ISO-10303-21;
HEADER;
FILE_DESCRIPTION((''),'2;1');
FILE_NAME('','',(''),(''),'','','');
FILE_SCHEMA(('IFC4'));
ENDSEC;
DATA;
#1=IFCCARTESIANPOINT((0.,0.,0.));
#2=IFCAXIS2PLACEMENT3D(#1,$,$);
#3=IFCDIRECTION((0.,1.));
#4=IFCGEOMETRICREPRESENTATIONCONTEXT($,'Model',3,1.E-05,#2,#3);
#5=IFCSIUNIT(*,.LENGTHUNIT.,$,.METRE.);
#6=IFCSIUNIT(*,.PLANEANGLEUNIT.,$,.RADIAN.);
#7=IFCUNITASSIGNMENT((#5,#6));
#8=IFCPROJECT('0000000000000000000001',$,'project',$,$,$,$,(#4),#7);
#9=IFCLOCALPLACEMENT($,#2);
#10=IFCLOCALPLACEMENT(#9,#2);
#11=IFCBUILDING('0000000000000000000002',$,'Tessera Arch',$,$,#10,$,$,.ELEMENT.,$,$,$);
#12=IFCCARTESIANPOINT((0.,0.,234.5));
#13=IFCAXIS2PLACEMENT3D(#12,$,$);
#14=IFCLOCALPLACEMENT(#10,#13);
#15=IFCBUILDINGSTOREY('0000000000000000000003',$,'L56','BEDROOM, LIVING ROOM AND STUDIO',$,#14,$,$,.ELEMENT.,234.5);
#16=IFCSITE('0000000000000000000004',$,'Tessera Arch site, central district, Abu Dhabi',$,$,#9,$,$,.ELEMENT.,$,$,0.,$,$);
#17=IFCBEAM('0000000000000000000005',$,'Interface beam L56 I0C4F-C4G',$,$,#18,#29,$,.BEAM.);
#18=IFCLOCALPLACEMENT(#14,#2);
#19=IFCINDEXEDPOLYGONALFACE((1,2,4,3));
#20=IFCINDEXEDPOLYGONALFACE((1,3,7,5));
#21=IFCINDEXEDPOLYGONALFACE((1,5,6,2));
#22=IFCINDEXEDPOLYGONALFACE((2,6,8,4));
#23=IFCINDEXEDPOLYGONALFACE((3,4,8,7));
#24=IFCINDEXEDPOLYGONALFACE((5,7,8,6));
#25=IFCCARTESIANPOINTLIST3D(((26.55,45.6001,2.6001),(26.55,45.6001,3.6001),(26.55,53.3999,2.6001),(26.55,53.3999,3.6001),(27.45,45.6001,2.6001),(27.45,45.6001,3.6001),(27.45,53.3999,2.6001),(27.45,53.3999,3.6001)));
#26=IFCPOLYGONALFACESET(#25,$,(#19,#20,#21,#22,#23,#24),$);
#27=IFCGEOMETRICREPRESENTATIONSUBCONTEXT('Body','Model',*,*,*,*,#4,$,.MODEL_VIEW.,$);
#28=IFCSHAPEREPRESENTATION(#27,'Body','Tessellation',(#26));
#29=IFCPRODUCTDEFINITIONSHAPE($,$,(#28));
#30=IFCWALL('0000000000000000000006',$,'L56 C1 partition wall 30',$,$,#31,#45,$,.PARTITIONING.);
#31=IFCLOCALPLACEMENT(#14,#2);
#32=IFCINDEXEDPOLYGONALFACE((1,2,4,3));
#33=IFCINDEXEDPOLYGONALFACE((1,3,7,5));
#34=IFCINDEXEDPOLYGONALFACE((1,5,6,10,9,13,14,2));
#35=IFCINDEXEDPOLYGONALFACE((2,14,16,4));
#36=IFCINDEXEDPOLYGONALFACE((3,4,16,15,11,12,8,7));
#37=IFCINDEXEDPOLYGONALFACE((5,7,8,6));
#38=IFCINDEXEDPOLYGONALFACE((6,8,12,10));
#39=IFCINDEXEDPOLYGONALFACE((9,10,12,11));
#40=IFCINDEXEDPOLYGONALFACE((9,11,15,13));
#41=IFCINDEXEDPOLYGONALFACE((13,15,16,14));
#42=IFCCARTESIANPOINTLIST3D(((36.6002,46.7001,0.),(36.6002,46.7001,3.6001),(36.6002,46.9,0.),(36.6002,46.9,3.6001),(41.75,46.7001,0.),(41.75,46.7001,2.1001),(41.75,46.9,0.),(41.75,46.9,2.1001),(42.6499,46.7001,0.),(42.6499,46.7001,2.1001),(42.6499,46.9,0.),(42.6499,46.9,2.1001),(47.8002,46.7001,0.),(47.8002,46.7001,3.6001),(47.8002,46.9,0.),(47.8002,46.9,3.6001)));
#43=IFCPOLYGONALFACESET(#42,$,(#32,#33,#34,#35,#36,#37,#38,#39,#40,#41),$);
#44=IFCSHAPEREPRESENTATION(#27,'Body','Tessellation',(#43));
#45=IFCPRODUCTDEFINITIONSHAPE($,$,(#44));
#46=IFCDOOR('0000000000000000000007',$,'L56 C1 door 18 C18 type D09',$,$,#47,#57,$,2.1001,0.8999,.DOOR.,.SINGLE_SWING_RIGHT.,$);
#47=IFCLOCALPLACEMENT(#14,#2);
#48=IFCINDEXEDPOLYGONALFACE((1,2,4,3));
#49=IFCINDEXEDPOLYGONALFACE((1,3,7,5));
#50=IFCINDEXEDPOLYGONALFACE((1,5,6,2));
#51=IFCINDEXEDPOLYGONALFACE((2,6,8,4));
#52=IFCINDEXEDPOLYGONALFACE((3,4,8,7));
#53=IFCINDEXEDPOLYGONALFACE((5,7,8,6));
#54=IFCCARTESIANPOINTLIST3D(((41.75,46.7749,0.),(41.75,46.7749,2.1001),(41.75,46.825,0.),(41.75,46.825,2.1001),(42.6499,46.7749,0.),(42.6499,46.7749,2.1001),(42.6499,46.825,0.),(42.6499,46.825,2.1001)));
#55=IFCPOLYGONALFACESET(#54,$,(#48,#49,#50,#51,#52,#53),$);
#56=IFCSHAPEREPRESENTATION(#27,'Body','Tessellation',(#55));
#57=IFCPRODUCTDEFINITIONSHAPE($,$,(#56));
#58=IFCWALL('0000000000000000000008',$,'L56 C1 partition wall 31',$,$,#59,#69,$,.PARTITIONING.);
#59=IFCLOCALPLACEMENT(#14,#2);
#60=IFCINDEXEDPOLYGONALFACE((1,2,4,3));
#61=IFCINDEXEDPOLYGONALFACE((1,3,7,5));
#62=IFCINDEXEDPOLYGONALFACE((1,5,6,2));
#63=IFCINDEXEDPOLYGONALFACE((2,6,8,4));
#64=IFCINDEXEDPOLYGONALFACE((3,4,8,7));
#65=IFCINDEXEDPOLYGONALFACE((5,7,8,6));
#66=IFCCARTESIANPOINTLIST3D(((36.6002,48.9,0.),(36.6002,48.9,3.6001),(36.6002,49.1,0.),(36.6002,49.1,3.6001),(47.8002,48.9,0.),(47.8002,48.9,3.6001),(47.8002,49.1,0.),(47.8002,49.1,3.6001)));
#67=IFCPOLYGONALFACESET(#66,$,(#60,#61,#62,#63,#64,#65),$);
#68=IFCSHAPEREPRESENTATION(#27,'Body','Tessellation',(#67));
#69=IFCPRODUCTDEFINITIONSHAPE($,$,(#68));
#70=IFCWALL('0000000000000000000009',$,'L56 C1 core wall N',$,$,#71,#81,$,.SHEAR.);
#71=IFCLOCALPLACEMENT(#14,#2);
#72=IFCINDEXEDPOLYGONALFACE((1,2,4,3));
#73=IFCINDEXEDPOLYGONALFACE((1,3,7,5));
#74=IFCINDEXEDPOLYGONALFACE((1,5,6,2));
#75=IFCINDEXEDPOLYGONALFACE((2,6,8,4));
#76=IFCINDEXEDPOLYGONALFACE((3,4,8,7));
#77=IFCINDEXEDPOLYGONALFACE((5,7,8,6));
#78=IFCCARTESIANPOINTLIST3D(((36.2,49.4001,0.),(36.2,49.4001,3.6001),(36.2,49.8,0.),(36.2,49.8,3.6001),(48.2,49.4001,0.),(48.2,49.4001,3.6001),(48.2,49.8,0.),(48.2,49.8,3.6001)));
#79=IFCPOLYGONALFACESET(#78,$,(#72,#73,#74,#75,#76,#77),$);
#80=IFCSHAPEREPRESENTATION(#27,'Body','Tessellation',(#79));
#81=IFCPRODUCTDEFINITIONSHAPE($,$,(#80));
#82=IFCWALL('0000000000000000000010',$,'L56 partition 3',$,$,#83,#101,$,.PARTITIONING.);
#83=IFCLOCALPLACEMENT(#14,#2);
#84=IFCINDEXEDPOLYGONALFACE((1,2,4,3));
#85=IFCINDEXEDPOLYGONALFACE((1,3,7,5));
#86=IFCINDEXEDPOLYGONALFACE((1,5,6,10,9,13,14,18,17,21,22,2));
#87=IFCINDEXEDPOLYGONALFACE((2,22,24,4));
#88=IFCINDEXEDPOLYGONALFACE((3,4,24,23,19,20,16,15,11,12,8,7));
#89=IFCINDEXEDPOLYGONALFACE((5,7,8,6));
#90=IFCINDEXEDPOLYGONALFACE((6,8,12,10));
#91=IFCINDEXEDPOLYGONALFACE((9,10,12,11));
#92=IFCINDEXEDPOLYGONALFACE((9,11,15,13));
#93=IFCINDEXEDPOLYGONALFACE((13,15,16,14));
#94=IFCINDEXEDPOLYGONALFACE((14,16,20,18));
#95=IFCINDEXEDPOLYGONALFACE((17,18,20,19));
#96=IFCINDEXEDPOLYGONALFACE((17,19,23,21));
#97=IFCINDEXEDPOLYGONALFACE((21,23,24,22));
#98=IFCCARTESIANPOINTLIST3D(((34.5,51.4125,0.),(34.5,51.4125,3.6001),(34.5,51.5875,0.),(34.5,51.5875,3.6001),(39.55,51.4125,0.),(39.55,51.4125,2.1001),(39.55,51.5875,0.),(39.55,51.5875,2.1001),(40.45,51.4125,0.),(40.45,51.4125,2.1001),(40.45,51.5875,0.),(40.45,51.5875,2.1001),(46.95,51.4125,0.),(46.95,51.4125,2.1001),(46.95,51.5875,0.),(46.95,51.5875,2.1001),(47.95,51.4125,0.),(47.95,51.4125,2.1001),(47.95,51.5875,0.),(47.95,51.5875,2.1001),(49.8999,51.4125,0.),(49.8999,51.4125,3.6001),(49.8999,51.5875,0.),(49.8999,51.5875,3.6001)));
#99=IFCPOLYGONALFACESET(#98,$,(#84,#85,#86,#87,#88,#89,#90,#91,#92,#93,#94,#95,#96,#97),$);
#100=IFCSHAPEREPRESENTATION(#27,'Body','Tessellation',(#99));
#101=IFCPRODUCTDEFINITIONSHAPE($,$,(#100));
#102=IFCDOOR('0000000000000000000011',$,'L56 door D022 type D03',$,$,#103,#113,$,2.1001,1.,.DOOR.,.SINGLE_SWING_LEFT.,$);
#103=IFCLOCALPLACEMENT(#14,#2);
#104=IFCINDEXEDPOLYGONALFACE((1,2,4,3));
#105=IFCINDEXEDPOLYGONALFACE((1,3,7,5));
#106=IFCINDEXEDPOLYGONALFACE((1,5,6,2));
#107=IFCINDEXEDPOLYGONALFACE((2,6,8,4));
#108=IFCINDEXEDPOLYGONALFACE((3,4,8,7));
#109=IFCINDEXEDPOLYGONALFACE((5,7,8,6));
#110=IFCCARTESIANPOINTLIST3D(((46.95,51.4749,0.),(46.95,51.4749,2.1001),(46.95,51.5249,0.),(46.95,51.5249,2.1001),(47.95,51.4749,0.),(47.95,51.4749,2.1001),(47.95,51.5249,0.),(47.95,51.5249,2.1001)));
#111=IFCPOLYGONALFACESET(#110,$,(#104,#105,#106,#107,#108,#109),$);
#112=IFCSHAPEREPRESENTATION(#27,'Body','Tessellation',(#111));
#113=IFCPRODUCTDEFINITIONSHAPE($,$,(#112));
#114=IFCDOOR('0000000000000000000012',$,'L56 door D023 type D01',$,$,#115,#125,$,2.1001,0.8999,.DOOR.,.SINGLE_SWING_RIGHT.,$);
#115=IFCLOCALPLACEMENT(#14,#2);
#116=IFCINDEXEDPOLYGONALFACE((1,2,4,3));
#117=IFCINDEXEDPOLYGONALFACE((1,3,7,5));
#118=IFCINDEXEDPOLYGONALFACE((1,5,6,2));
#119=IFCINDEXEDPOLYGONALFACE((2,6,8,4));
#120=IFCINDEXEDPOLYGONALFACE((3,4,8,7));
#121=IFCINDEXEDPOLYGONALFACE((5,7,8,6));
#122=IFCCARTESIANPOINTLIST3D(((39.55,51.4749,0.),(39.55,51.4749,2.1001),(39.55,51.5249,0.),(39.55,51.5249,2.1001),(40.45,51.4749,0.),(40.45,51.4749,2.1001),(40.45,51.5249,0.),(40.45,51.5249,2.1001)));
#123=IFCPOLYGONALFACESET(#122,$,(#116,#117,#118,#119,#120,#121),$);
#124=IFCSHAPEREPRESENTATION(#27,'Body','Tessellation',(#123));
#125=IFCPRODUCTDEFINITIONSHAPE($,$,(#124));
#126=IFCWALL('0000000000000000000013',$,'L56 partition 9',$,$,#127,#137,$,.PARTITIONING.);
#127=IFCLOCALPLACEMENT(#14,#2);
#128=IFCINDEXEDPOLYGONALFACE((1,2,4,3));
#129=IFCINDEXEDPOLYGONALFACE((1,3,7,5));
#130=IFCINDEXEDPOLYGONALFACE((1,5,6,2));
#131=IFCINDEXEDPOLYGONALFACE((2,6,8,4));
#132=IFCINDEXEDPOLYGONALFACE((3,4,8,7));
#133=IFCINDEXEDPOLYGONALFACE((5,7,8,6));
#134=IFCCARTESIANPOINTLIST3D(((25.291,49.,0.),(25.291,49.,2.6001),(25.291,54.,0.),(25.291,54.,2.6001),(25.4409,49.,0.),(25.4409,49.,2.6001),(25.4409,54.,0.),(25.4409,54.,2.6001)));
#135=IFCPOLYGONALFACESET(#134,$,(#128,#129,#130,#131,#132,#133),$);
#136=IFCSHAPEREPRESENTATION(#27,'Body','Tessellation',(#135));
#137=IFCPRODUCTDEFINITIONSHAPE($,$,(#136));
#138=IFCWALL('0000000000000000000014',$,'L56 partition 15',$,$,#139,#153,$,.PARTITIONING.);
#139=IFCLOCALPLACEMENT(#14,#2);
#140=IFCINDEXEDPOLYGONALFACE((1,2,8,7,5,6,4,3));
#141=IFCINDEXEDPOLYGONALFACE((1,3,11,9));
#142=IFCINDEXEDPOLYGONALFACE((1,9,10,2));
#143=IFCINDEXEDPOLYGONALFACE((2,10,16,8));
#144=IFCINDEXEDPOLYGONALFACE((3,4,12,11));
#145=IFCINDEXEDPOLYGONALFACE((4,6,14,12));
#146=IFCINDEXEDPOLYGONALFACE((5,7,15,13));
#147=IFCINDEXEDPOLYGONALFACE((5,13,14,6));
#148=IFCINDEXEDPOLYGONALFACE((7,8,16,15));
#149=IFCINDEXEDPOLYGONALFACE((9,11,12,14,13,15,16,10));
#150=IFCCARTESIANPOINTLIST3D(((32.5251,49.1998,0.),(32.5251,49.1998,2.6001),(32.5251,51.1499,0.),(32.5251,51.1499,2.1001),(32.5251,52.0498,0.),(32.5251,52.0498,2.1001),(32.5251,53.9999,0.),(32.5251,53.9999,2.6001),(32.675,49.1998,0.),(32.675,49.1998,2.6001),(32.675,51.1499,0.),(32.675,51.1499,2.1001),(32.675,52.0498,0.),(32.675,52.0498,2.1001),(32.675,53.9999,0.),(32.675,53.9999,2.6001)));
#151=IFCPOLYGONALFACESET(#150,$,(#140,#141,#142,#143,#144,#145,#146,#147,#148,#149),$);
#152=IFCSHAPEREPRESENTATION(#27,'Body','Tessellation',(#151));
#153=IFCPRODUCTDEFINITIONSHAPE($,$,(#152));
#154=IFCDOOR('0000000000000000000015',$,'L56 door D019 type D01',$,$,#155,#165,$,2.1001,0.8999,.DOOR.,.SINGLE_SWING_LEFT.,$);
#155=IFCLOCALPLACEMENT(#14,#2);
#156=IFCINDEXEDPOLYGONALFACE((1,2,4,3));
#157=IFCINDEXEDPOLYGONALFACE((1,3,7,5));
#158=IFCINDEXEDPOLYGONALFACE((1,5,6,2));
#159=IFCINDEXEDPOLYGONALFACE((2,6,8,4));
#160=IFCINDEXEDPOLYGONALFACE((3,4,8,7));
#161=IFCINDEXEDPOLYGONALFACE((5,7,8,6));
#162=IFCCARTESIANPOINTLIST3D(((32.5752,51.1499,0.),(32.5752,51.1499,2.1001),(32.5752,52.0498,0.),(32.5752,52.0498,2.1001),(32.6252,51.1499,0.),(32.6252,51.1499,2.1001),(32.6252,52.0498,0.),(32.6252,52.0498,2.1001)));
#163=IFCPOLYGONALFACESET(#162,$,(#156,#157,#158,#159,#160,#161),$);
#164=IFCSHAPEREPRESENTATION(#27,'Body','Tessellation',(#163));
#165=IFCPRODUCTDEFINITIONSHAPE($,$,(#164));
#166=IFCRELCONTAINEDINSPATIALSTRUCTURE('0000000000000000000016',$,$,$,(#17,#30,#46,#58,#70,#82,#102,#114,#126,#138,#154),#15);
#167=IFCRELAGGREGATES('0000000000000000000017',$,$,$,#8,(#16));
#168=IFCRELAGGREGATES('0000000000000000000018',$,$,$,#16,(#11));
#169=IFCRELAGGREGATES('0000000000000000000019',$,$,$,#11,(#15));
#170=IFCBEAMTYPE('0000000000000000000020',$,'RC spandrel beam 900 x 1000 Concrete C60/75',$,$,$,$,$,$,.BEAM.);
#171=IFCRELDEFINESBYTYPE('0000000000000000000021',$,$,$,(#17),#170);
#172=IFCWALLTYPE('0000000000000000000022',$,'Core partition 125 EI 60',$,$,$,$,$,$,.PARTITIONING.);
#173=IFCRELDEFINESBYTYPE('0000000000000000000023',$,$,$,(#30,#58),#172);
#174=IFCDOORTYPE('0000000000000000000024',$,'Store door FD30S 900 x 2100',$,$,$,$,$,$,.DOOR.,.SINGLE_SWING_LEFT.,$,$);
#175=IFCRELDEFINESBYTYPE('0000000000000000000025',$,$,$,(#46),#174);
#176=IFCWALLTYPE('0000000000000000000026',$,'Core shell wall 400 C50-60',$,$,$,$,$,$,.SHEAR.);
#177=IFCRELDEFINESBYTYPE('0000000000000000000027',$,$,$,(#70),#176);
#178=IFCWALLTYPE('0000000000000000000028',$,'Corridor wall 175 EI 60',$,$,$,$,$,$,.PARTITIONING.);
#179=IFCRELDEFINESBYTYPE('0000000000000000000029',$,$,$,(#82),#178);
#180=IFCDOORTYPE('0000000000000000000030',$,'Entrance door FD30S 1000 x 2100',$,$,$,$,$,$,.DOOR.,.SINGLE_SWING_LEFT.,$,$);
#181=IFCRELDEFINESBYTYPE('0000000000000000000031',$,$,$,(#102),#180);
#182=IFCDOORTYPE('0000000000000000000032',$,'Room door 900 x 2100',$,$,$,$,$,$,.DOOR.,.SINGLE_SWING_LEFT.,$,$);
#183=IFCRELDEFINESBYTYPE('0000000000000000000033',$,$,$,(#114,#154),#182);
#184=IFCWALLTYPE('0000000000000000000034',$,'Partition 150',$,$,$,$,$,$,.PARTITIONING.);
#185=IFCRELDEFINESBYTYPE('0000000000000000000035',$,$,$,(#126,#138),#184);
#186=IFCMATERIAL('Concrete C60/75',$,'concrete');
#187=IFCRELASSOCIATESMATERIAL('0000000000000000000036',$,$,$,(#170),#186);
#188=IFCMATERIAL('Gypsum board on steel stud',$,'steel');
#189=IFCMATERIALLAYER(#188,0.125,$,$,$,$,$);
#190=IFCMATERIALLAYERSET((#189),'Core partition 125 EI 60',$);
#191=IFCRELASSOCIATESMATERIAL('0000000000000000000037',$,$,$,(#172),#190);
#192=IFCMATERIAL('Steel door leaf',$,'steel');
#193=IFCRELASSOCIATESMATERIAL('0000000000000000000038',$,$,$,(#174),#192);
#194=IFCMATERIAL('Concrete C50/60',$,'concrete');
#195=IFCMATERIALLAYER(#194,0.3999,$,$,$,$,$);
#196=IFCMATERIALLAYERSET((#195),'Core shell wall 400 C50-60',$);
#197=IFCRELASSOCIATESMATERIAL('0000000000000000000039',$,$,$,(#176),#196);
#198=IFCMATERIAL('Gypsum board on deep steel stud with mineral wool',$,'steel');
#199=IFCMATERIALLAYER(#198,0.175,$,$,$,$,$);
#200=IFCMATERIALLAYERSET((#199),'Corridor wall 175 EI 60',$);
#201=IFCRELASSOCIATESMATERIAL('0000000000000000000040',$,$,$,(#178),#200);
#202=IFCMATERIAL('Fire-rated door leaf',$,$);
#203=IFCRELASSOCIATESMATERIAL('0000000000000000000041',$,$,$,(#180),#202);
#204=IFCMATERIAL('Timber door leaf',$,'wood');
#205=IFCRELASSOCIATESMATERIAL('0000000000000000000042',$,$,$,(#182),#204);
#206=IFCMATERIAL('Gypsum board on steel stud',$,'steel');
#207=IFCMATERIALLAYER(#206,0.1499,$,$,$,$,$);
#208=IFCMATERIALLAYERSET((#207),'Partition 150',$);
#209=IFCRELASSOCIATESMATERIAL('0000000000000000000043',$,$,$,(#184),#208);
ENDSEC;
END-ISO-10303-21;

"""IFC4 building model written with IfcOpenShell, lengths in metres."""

from ifc_helpers import new_model, si_unit, direction, frame, frame_2d, origin, origin_2d, place, context, subcontext, project, spatial, rectangle, extrude, material, layer, layer_set, material_profile, profile_set, type_object, element, fill, save


model = new_model("IFC4")

# Units and contexts
model_context = context("Model", 3, precision=1e-05, world=origin(), true_north=direction((0.0, 1.0)))
body_context = subcontext(model_context, "Body", "Model", "MODEL_VIEW")
ifc_project = project(units=[si_unit("LENGTHUNIT", "METRE"), si_unit("PLANEANGLEUNIT", "RADIAN")], contexts=[model_context])

# Site, building, storey
site_placement = place(None, origin())
site = spatial("IfcSite", under=ifc_project, at=site_placement, Name="Tessera Arch site, central district, Abu Dhabi", CompositionType="ELEMENT", RefElevation=0.0)
building_placement = place(site_placement, origin())
building = spatial("IfcBuilding", under=site, at=building_placement, Name="Tessera Arch", CompositionType="ELEMENT")
storey_placement = place(building_placement, frame((0.0, 0.0, 234.5)))
storey = spatial("IfcBuildingStorey", under=building, at=storey_placement, Name="L56", Description="BEDROOM, LIVING ROOM AND STUDIO", CompositionType="ELEMENT", Elevation=234.5)

# Beam
ifc_material_1 = material(Name="Concrete C60/75", Category="concrete")
ifc_material_profile = material_profile(ifc_material_1, rectangle(XDim=0.8999, YDim=1.0, at=origin_2d()), Name="RC spandrel beam 900 x 1000 Concrete C60/75")
ifc_profile_set = profile_set([ifc_material_profile], Name="Concrete C60/75")
beam_type = type_object("IfcBeamType", Name="RC spandrel beam 900 x 1000 Concrete C60/75", PredefinedType="BEAM", material=ifc_profile_set)
beam_placement = place(storey_placement, frame((27.0, 45.6001, 3.1001), z_axis=(0.0, 1.0, 0.0), x_axis=(-1.0, 0.0, 0.0)))
element("IfcBeam", 1, at=beam_placement, inside=storey, type_object=beam_type, Name="Interface beam L56 I0C4F-C4G", PredefinedType="BEAM", context=body_context, shape_type="SweptSolid", body=[
    extrude(rectangle(XDim=0.8999, YDim=1.0, at=origin_2d()), origin(), (0.0, 0.0, 1.0), 7.7998),
])

# Wall, opening, door
ifc_material_2 = material(Name="Gypsum board on steel stud", Category="steel")
ifc_layer_1 = layer(ifc_material_2, 0.125)
ifc_layer_set_1 = layer_set([ifc_layer_1], Name="Core partition 125 EI 60")
wall_type_1 = type_object("IfcWallType", Name="Core partition 125 EI 60", PredefinedType="PARTITIONING", material=ifc_layer_set_1)
wall_1_placement = place(storey_placement, frame((36.6001, 46.8, 0.0), z_axis=(0.0, 0.0, 1.0), x_axis=(1.0, 0.0, 0.0)))
wall_1 = element("IfcWall", 2, at=wall_1_placement, inside=storey, type_object=wall_type_1, Name="L56 C1 partition wall 30", PredefinedType="PARTITIONING", context=body_context, shape_type="SweptSolid", body=[
    extrude(rectangle(XDim=11.2, YDim=0.2, at=frame_2d((5.6001, 0.0))), origin(), (0.0, 0.0, 1.0), 3.6001),
])
opening_1_placement = place(wall_1_placement, frame((5.1499, 0.0, 0.0)))
opening_1 = element("IfcOpeningElement", 3, at=opening_1_placement, cuts=wall_1, PredefinedType="OPENING", context=body_context, shape_type="SweptSolid", body=[
    extrude(rectangle(XDim=0.8999, YDim=2.1001, at=frame_2d((0.45, 1.05))), frame((0.0, 0.1099, 0.0), z_axis=(0.0, -1.0, 0.0), x_axis=(1.0, 0.0, 0.0)), (0.0, 0.0, 1.0), 0.22),
])
ifc_material_3 = material(Name="Steel door leaf", Category="steel")
door_type_1 = type_object("IfcDoorType", Name="Store door FD30S 900 x 2100", OperationType="SINGLE_SWING_LEFT", PredefinedType="DOOR", material=ifc_material_3)
door_1_placement = place(opening_1_placement, origin())
door_1 = element("IfcDoor", 4, at=door_1_placement, inside=storey, type_object=door_type_1, Name="L56 C1 door 18 C18 type D09", OperationType="SINGLE_SWING_RIGHT", OverallHeight=2.1001, OverallWidth=0.8999, PredefinedType="DOOR", context=body_context, shape_type="SweptSolid", body=[
    extrude(rectangle(XDim=0.8999, YDim=2.1001, at=frame_2d((0.45, 1.05))), frame((0.0, 0.0249, 0.0), z_axis=(0.0, -1.0, 0.0), x_axis=(1.0, 0.0, 0.0)), (0.0, 0.0, 1.0), 0.05),
])
fill(opening_1, door_1)

# Walls
wall_2_placement = place(storey_placement, frame((36.6001, 49.0, 0.0), z_axis=(0.0, 0.0, 1.0), x_axis=(1.0, 0.0, 0.0)))
element("IfcWall", 5, at=wall_2_placement, inside=storey, type_object=wall_type_1, Name="L56 C1 partition wall 31", PredefinedType="PARTITIONING", context=body_context, shape_type="SweptSolid", body=[
    extrude(rectangle(XDim=11.2, YDim=0.2, at=frame_2d((5.6001, 0.0))), origin(), (0.0, 0.0, 1.0), 3.6001),
])
ifc_material_4 = material(Name="Concrete C50/60", Category="concrete")
ifc_layer_2 = layer(ifc_material_4, 0.3999)
ifc_layer_set_2 = layer_set([ifc_layer_2], Name="Core shell wall 400 C50-60")
wall_type_2 = type_object("IfcWallType", Name="Core shell wall 400 C50-60", PredefinedType="SHEAR", material=ifc_layer_set_2)
wall_3_placement = place(storey_placement, frame((36.2, 49.6001, 0.0), z_axis=(0.0, 0.0, 1.0), x_axis=(1.0, 0.0, 0.0)))
element("IfcWall", 6, at=wall_3_placement, inside=storey, type_object=wall_type_2, Name="L56 C1 core wall N", PredefinedType="SHEAR", context=body_context, shape_type="SweptSolid", body=[
    extrude(rectangle(XDim=12.0, YDim=0.3999, at=frame_2d((6.0, 0.0))), origin(), (0.0, 0.0, 1.0), 3.6001),
])

# Wall, openings, doors
ifc_material_5 = material(Name="Gypsum board on deep steel stud with mineral wool", Category="steel")
ifc_layer_3 = layer(ifc_material_5, 0.175)
ifc_layer_set_3 = layer_set([ifc_layer_3], Name="Corridor wall 175 EI 60")
wall_type_3 = type_object("IfcWallType", Name="Corridor wall 175 EI 60", PredefinedType="PARTITIONING", material=ifc_layer_set_3)
wall_4_placement = place(storey_placement, frame((34.5, 51.5, 0.0), z_axis=(0.0, 0.0, 1.0), x_axis=(1.0, 0.0, 0.0)))
wall_4 = element("IfcWall", 7, at=wall_4_placement, inside=storey, type_object=wall_type_3, Name="L56 partition 3", PredefinedType="PARTITIONING", context=body_context, shape_type="SweptSolid", body=[
    extrude(rectangle(XDim=15.3999, YDim=0.175, at=frame_2d((7.7, 0.0))), origin(), (0.0, 0.0, 1.0), 3.6001),
])
opening_2_placement = place(wall_4_placement, frame((12.45, 0.0, 0.0)))
opening_2 = element("IfcOpeningElement", 8, at=opening_2_placement, cuts=wall_4, PredefinedType="OPENING", context=body_context, shape_type="SweptSolid", body=[
    extrude(rectangle(XDim=1.0, YDim=2.1001, at=frame_2d((0.5, 1.05))), frame((0.0, 0.0974, 0.0), z_axis=(0.0, -1.0, 0.0), x_axis=(1.0, 0.0, 0.0)), (0.0, 0.0, 1.0), 0.1951),
])
opening_3_placement = place(wall_4_placement, frame((5.05, 0.0, 0.0)))
opening_3 = element("IfcOpeningElement", 9, at=opening_3_placement, cuts=wall_4, PredefinedType="OPENING", context=body_context, shape_type="SweptSolid", body=[
    extrude(rectangle(XDim=0.8999, YDim=2.1001, at=frame_2d((0.45, 1.05))), frame((0.0, 0.0974, 0.0), z_axis=(0.0, -1.0, 0.0), x_axis=(1.0, 0.0, 0.0)), (0.0, 0.0, 1.0), 0.1951),
])
ifc_material_6 = material(Name="Fire-rated door leaf")
door_type_2 = type_object("IfcDoorType", Name="Entrance door FD30S 1000 x 2100", OperationType="SINGLE_SWING_LEFT", PredefinedType="DOOR", material=ifc_material_6)
door_2_placement = place(opening_2_placement, origin())
door_2 = element("IfcDoor", 10, at=door_2_placement, inside=storey, type_object=door_type_2, Name="L56 door D022 type D03", OperationType="SINGLE_SWING_LEFT", OverallHeight=2.1001, OverallWidth=1.0, PredefinedType="DOOR", context=body_context, shape_type="SweptSolid", body=[
    extrude(rectangle(XDim=1.0, YDim=2.1001, at=frame_2d((0.5, 1.05))), frame((0.0, 0.0249, 0.0), z_axis=(0.0, -1.0, 0.0), x_axis=(1.0, 0.0, 0.0)), (0.0, 0.0, 1.0), 0.05),
])
fill(opening_2, door_2)
ifc_material_7 = material(Name="Timber door leaf", Category="wood")
door_type_3 = type_object("IfcDoorType", Name="Room door 900 x 2100", OperationType="SINGLE_SWING_LEFT", PredefinedType="DOOR", material=ifc_material_7)
door_3_placement = place(opening_3_placement, origin())
door_3 = element("IfcDoor", 11, at=door_3_placement, inside=storey, type_object=door_type_3, Name="L56 door D023 type D01", OperationType="SINGLE_SWING_RIGHT", OverallHeight=2.1001, OverallWidth=0.8999, PredefinedType="DOOR", context=body_context, shape_type="SweptSolid", body=[
    extrude(rectangle(XDim=0.8999, YDim=2.1001, at=frame_2d((0.45, 1.05))), frame((0.0, 0.0249, 0.0), z_axis=(0.0, -1.0, 0.0), x_axis=(1.0, 0.0, 0.0)), (0.0, 0.0, 1.0), 0.05),
])
fill(opening_3, door_3)

# Wall
ifc_material_8 = material(Name="Gypsum board on steel stud", Category="steel")
ifc_layer_4 = layer(ifc_material_8, 0.1499)
ifc_layer_set_4 = layer_set([ifc_layer_4], Name="Partition 150")
wall_type_4 = type_object("IfcWallType", Name="Partition 150", PredefinedType="PARTITIONING", material=ifc_layer_set_4)
wall_5_placement = place(storey_placement, frame((25.366, 49.0, 0.0), z_axis=(0.0, 0.0, 1.0), x_axis=(0.0, 1.0, 0.0)))
element("IfcWall", 12, at=wall_5_placement, inside=storey, type_object=wall_type_4, Name="L56 partition 9", PredefinedType="PARTITIONING", context=body_context, shape_type="SweptSolid", body=[
    extrude(rectangle(XDim=5.0, YDim=0.1499, at=frame_2d((2.5, 0.0))), origin(), (0.0, 0.0, 1.0), 2.6001),
])

# Wall, opening, door
wall_6_placement = place(storey_placement, frame((32.6001, 49.2, 0.0), z_axis=(0.0, 0.0, 1.0), x_axis=(0.0, 1.0, 0.0)))
wall_6 = element("IfcWall", 13, at=wall_6_placement, inside=storey, type_object=wall_type_4, Name="L56 partition 15", PredefinedType="PARTITIONING", context=body_context, shape_type="SweptSolid", body=[
    extrude(rectangle(XDim=4.8, YDim=0.1499, at=frame_2d((2.3999, 0.0))), origin(), (0.0, 0.0, 1.0), 2.6001),
])
opening_4_placement = place(wall_6_placement, frame((1.95, 0.0, 0.0)))
opening_4 = element("IfcOpeningElement", 14, at=opening_4_placement, cuts=wall_6, PredefinedType="OPENING", context=body_context, shape_type="SweptSolid", body=[
    extrude(rectangle(XDim=0.8999, YDim=2.1001, at=frame_2d((0.45, 1.05))), frame((0.0, 0.085, 0.0), z_axis=(0.0, -1.0, 0.0), x_axis=(1.0, 0.0, 0.0)), (0.0, 0.0, 1.0), 0.1699),
])
door_4_placement = place(opening_4_placement, origin())
door_4 = element("IfcDoor", 15, at=door_4_placement, inside=storey, type_object=door_type_3, Name="L56 door D019 type D01", OperationType="SINGLE_SWING_LEFT", OverallHeight=2.1001, OverallWidth=0.8999, PredefinedType="DOOR", context=body_context, shape_type="SweptSolid", body=[
    extrude(rectangle(XDim=0.8999, YDim=2.1001, at=frame_2d((0.45, 1.05))), frame((0.0, 0.0249, 0.0), z_axis=(0.0, -1.0, 0.0), x_axis=(1.0, 0.0, 0.0)), (0.0, 0.0, 1.0), 0.05),
])
fill(opening_4, door_4)

save(model, "model.ifc")
